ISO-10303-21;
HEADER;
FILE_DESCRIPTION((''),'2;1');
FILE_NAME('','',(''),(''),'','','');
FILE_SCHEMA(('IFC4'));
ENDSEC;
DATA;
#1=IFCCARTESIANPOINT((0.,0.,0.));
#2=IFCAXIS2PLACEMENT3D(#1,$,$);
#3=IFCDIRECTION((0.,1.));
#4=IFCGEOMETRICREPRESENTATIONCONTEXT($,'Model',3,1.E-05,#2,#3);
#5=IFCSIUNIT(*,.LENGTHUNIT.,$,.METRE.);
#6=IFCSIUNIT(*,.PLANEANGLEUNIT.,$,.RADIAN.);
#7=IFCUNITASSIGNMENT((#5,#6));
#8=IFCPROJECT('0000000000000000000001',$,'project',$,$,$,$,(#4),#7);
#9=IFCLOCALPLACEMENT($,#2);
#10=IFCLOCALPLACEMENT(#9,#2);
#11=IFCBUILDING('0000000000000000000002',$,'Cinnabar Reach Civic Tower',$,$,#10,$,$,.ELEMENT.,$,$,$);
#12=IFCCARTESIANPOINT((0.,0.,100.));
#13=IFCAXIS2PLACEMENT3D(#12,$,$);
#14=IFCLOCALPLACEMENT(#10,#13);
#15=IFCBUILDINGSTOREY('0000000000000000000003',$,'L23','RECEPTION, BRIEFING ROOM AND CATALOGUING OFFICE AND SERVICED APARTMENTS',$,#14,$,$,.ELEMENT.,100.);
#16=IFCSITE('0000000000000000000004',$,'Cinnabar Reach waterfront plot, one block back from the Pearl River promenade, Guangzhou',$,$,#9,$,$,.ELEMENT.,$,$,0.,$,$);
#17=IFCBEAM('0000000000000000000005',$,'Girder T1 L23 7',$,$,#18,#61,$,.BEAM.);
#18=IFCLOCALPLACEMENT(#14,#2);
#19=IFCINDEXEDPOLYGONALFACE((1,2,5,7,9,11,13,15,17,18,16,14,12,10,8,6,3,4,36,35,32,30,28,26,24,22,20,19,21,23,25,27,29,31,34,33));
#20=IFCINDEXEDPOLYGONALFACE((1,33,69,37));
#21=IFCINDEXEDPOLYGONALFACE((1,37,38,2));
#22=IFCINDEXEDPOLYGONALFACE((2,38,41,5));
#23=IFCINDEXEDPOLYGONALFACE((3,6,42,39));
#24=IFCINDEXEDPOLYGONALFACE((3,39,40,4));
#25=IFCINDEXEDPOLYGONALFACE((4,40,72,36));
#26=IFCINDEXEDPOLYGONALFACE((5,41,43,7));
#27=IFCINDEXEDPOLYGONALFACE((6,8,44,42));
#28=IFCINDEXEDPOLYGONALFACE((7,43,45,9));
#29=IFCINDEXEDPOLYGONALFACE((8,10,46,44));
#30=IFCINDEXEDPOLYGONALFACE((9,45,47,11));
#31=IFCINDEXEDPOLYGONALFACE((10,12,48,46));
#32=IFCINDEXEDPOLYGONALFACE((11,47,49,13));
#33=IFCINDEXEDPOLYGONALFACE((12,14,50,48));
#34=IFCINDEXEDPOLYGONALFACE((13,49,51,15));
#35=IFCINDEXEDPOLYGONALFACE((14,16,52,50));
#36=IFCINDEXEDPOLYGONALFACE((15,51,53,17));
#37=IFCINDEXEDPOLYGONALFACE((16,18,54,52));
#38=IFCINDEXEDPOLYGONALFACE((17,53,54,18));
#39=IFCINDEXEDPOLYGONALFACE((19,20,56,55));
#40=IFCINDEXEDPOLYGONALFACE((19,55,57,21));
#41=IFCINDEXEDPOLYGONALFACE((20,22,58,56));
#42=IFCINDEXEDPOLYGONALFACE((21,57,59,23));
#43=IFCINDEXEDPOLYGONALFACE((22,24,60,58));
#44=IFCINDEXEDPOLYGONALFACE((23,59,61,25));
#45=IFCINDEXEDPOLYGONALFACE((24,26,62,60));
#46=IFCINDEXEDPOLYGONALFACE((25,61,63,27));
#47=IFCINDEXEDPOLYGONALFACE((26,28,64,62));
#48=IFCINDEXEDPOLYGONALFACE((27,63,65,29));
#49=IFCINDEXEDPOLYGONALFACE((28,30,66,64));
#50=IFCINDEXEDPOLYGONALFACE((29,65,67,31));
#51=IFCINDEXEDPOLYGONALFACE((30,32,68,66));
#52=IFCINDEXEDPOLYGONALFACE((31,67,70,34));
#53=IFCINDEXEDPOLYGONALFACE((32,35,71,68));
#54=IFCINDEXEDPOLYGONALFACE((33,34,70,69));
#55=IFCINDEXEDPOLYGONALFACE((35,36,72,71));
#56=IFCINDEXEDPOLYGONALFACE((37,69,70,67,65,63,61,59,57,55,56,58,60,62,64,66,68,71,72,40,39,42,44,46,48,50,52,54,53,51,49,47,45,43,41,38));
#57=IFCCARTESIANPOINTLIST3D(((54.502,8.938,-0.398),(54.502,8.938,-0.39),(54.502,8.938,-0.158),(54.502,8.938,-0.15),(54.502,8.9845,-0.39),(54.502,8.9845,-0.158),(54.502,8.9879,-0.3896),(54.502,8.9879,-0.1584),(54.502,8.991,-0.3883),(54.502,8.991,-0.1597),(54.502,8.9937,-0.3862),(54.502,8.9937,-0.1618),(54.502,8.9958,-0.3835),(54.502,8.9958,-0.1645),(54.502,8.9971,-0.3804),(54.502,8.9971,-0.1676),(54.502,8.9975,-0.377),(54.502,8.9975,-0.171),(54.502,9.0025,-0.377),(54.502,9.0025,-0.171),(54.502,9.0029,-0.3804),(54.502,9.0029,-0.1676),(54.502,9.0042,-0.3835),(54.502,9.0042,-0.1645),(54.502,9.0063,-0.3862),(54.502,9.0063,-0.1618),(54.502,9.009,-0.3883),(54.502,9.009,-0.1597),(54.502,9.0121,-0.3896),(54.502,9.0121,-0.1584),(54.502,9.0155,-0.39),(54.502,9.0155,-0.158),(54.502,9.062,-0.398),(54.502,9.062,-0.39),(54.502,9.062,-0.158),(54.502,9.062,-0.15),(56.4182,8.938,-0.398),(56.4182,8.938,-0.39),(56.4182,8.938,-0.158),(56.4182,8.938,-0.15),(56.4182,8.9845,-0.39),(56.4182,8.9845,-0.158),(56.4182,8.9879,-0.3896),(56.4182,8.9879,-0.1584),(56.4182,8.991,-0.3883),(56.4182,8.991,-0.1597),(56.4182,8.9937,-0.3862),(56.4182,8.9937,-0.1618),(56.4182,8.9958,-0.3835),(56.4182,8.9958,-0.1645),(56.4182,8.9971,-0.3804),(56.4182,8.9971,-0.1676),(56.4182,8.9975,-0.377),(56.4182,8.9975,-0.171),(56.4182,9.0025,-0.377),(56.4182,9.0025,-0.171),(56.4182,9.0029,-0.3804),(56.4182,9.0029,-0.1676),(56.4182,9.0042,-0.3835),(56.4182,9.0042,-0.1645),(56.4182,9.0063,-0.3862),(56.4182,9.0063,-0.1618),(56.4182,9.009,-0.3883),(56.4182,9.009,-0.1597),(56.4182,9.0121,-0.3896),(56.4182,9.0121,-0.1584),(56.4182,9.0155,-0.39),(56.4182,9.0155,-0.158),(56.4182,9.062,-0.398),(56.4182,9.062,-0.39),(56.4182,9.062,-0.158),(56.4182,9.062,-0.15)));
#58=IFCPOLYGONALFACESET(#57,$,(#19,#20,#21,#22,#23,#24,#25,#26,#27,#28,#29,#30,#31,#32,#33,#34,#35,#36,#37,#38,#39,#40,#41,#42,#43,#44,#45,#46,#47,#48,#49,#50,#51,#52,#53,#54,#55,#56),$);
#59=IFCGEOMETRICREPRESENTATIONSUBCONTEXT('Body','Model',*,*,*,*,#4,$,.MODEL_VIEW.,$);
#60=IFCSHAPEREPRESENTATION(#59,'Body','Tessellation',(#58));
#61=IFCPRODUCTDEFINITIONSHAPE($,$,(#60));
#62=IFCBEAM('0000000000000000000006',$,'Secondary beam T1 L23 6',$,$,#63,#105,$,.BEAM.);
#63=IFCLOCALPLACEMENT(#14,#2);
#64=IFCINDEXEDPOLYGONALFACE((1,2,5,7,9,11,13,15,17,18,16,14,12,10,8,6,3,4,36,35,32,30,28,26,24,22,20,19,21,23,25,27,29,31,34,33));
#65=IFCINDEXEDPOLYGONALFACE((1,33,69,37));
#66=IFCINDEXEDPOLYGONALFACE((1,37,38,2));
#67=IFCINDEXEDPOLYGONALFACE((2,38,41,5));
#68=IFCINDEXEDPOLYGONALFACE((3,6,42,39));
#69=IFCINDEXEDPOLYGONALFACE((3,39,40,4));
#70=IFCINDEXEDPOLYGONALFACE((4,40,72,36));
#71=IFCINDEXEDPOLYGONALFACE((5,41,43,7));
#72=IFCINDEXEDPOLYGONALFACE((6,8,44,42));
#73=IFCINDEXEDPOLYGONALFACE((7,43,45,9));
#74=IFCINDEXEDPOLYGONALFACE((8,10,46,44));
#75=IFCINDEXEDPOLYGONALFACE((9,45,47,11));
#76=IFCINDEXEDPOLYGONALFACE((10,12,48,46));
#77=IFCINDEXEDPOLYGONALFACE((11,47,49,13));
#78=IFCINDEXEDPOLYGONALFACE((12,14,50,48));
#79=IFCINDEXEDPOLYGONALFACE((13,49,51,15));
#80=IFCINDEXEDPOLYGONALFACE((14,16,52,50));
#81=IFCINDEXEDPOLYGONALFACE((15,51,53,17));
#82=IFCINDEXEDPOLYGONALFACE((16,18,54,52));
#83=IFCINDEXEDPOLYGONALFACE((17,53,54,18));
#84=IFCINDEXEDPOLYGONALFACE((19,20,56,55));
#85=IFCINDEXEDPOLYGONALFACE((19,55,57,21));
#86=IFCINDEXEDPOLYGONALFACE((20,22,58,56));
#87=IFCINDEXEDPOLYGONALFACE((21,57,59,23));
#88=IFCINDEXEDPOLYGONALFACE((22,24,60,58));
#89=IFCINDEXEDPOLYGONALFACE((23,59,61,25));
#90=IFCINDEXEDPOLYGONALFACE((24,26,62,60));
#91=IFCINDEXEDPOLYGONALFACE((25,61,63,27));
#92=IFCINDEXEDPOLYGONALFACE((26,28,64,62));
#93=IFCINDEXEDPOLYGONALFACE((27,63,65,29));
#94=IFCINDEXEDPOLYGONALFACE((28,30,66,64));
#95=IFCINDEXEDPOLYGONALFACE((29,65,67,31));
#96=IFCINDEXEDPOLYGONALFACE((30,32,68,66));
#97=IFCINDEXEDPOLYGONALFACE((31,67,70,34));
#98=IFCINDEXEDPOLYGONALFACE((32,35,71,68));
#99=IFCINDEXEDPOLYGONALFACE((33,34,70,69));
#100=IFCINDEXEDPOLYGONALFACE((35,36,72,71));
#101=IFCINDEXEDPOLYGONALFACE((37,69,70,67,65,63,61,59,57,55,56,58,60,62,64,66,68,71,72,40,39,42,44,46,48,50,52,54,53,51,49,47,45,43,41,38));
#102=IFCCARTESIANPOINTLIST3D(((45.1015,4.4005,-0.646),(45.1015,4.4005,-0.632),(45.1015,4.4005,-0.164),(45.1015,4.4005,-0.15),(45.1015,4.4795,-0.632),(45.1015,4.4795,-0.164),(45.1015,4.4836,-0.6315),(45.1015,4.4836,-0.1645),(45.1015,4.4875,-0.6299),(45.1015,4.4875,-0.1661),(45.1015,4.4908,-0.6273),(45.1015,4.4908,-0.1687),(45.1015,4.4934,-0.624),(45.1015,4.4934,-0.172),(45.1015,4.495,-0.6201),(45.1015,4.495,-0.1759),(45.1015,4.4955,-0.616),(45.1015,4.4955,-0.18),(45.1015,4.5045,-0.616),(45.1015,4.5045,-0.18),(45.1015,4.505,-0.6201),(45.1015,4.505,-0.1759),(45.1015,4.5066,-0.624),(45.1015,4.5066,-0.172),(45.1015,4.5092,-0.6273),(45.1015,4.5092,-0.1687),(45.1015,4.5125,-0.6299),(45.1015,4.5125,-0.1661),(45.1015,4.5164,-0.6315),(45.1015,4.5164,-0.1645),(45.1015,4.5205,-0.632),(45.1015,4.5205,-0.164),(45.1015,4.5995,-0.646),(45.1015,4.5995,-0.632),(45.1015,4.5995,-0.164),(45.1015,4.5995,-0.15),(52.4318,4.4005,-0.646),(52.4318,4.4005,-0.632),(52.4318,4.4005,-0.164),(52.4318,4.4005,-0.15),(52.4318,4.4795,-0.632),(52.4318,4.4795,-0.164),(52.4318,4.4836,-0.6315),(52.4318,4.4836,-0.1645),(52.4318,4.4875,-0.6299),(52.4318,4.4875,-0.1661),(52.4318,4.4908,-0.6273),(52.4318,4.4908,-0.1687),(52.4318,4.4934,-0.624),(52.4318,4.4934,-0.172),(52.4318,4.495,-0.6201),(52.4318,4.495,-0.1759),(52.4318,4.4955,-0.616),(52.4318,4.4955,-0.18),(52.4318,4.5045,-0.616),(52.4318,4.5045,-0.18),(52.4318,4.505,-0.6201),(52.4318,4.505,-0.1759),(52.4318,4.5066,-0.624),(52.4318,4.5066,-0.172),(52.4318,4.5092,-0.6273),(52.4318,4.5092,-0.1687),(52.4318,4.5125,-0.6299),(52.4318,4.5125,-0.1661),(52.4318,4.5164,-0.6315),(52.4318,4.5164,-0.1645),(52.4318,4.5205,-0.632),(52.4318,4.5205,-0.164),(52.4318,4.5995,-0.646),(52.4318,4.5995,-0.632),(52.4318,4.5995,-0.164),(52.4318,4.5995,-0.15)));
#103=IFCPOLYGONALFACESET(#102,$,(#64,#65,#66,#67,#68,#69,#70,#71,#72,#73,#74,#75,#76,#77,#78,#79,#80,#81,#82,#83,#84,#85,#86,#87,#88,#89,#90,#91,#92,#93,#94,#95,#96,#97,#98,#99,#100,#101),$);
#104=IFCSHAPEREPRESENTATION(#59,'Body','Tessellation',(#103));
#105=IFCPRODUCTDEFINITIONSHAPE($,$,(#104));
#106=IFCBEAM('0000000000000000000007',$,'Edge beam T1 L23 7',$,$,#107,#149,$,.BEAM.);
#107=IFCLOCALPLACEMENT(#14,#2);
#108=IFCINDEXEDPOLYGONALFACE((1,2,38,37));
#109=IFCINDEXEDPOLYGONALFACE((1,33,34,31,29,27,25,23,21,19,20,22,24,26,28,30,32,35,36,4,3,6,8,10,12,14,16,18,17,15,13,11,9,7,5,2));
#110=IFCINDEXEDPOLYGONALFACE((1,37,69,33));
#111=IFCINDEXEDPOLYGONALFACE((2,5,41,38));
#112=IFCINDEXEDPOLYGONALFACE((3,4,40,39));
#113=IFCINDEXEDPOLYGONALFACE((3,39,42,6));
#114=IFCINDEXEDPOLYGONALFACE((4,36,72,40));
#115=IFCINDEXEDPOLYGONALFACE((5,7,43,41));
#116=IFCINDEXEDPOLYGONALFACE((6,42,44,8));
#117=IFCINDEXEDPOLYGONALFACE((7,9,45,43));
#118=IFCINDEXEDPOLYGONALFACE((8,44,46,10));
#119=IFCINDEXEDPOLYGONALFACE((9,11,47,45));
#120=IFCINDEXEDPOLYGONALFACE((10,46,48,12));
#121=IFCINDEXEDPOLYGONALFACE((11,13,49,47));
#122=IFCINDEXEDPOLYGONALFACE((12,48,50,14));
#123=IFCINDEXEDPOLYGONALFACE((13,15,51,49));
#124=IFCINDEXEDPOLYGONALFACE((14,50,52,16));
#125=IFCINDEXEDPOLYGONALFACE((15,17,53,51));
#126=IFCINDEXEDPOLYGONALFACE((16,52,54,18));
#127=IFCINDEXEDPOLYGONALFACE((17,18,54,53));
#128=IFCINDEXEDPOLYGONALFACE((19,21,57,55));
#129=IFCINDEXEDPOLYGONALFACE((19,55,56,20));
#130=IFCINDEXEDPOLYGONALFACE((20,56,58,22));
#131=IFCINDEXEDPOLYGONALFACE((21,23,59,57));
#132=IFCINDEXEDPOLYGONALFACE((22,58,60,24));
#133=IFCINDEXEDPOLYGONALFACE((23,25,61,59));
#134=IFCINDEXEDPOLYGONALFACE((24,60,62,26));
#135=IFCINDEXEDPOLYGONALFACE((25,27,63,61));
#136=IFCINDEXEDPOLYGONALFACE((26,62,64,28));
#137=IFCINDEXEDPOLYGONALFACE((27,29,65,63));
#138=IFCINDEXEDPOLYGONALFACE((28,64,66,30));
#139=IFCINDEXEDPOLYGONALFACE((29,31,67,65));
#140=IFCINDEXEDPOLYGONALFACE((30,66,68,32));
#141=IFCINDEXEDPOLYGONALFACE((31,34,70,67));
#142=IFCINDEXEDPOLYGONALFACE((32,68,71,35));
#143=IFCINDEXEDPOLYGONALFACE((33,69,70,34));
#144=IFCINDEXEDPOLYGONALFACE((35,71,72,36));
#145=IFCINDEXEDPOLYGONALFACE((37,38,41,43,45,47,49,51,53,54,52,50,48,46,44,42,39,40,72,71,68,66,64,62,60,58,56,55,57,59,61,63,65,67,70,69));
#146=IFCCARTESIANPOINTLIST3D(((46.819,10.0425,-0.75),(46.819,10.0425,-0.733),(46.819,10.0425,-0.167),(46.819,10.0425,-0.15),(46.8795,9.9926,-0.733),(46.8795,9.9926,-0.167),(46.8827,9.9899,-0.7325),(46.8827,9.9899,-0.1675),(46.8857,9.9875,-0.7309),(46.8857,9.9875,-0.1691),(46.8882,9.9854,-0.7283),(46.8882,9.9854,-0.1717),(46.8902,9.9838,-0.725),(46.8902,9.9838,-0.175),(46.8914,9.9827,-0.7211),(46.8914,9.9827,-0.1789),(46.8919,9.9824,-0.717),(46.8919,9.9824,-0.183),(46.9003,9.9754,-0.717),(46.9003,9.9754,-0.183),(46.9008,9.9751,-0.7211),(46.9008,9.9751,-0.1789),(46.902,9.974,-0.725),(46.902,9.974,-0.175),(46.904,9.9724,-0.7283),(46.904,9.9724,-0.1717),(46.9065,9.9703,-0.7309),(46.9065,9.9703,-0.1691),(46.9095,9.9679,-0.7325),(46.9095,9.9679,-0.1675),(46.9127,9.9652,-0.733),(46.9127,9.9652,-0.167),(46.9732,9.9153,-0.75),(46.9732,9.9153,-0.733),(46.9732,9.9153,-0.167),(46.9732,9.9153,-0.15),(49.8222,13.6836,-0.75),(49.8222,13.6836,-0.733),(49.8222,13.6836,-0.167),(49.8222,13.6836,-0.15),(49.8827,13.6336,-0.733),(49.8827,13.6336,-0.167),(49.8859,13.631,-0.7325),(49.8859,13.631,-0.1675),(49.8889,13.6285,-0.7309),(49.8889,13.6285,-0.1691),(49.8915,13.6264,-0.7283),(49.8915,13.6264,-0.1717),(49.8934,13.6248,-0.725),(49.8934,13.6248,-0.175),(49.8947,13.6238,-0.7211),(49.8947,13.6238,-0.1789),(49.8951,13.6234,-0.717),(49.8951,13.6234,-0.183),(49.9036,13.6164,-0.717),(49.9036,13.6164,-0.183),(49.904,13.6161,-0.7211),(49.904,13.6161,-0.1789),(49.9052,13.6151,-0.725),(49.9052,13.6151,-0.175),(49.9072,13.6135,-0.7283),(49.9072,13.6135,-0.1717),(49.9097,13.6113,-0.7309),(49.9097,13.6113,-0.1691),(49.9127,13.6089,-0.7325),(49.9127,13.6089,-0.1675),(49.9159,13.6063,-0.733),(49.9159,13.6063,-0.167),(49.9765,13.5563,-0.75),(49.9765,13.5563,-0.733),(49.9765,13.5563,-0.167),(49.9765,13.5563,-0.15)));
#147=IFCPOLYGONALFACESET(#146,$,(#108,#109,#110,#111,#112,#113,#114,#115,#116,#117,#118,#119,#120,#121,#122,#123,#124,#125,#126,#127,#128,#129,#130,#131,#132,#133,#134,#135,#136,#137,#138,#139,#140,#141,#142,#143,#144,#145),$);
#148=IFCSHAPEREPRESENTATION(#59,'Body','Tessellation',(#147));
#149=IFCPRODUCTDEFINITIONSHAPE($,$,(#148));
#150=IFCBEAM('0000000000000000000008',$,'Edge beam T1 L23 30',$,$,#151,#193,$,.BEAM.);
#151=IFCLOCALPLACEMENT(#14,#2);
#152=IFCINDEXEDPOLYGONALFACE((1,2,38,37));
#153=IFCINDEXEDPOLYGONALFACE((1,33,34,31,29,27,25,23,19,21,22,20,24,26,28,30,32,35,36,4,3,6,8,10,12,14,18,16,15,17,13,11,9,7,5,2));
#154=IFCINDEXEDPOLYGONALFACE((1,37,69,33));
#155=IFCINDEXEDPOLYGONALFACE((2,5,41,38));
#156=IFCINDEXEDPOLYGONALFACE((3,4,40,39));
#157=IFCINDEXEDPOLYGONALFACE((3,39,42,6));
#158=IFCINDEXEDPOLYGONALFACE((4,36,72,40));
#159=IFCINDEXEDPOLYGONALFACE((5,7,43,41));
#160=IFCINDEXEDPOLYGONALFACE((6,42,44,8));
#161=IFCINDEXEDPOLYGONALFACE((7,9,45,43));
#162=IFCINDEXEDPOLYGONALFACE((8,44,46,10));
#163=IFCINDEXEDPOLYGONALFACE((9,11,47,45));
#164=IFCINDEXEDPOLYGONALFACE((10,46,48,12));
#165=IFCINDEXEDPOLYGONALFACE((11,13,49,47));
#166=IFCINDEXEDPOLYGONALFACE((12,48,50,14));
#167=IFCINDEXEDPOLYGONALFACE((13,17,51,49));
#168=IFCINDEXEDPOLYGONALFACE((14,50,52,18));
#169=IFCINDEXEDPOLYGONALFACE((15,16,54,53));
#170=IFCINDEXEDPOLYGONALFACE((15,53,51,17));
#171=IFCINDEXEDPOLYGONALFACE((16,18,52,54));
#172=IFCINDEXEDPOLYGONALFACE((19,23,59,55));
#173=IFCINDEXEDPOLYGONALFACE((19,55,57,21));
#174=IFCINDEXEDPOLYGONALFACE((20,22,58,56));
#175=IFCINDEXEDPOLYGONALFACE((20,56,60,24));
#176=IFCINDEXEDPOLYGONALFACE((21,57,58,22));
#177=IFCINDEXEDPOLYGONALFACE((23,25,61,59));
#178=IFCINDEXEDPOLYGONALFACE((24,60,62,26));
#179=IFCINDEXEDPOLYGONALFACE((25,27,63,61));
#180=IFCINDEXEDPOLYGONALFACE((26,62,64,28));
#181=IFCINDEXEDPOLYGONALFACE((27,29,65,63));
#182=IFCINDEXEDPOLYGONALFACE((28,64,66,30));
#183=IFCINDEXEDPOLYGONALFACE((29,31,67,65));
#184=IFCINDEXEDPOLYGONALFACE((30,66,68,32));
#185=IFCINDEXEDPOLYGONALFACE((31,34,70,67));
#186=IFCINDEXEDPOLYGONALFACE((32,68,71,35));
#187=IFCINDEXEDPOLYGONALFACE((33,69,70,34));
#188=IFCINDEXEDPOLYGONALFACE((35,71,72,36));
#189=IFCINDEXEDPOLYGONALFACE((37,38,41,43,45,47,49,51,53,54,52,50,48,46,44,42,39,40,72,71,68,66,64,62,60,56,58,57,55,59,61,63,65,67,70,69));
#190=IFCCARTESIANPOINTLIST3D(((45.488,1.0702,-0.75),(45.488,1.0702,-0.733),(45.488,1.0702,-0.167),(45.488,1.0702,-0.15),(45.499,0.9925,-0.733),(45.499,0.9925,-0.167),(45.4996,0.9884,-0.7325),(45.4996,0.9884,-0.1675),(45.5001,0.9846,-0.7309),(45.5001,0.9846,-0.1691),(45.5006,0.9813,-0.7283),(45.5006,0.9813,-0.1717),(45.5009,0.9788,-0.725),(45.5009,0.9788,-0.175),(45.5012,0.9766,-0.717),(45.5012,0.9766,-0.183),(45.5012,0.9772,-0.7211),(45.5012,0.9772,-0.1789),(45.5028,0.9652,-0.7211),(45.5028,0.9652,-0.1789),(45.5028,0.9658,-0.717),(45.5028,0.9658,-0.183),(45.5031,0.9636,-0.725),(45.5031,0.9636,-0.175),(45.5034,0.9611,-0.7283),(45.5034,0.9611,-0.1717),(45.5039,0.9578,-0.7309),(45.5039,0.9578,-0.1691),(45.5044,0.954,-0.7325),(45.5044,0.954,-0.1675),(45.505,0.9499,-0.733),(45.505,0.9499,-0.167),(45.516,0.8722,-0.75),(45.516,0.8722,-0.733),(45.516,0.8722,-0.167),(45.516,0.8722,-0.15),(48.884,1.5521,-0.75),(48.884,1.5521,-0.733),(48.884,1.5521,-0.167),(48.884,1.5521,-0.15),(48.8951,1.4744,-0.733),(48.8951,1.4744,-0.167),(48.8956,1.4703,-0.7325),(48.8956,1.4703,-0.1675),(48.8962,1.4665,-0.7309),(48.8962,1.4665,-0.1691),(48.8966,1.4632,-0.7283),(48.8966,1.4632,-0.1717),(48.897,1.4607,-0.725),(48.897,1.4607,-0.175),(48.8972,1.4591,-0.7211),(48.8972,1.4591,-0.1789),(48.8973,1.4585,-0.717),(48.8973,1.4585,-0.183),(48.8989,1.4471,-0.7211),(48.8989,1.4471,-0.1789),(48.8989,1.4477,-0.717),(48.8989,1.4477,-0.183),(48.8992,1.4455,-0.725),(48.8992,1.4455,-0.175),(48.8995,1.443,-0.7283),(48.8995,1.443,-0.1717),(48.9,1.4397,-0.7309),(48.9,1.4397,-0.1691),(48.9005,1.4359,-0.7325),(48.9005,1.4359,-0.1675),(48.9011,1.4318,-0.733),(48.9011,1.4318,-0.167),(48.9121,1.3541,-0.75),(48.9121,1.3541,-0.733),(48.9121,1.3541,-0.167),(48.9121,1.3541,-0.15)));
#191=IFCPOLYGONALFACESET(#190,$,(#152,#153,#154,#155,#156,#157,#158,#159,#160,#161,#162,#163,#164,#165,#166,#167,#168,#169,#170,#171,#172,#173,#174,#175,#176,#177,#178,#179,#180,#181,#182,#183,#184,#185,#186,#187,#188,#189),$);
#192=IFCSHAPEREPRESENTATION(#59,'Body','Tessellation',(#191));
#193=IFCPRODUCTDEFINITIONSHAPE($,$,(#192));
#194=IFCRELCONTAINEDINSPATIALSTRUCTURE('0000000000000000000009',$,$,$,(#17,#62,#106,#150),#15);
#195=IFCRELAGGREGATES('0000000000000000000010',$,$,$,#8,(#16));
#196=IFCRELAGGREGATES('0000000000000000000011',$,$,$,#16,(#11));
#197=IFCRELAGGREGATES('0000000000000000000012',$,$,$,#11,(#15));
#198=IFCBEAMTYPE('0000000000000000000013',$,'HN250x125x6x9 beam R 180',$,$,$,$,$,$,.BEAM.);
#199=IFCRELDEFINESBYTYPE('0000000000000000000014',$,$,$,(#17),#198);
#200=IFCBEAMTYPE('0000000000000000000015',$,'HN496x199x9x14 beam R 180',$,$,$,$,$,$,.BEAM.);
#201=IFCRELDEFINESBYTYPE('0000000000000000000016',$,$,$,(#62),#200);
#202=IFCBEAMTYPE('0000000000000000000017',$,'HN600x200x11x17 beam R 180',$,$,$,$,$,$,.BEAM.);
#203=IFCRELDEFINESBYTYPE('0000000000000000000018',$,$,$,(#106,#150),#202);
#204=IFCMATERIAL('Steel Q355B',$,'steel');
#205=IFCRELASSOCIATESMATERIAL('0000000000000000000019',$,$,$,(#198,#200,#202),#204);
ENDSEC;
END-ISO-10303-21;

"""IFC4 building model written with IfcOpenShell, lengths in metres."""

from ifc_helpers import new_model, si_unit, direction, frame, origin, origin_2d, place, context, subcontext, project, spatial, i_section, extrude, material, material_profile, profile_set, type_object, element, save


model = new_model("IFC4")

# Units and contexts
model_context = context("Model", 3, precision=1e-05, world=origin(), true_north=direction((0.0, 1.0)))
body_context = subcontext(model_context, "Body", "Model", "MODEL_VIEW")
ifc_project = project(units=[si_unit("LENGTHUNIT", "METRE"), si_unit("PLANEANGLEUNIT", "RADIAN")], contexts=[model_context])

# Site, building, storey
site_placement = place(None, origin())
site = spatial("IfcSite", under=ifc_project, at=site_placement, Name="Cinnabar Reach waterfront plot, one block back from the Pearl River promenade, Guangzhou", CompositionType="ELEMENT", RefElevation=0.0)
building_placement = place(site_placement, origin())
building = spatial("IfcBuilding", under=site, at=building_placement, Name="Cinnabar Reach Civic Tower", CompositionType="ELEMENT")
storey_placement = place(building_placement, frame((0.0, 0.0, 100.0)))
storey = spatial("IfcBuildingStorey", under=building, at=storey_placement, Name="L23", Description="RECEPTION, BRIEFING ROOM AND CATALOGUING OFFICE AND SERVICED APARTMENTS", CompositionType="ELEMENT", Elevation=100.0)

# Beams
ifc_material_1 = material(Name="Steel Q355B", Category="steel")
ifc_material_profile_1 = material_profile(ifc_material_1, i_section(OverallWidth=0.124, OverallDepth=0.248, WebThickness=0.005, FlangeThickness=0.008, FilletRadius=0.013, at=origin_2d()), Name="HN250x125x6x9")
ifc_profile_set_1 = profile_set([ifc_material_profile_1], Name="Steel Q355B")
beam_type_1 = type_object("IfcBeamType", Name="HN250x125x6x9 beam R 180", PredefinedType="BEAM", material=ifc_profile_set_1)
beam_1_placement = place(storey_placement, frame((54.502, 9.0, -0.274), z_axis=(1.0, 0.0, 0.0), x_axis=(0.0, 1.0, 0.0)))
element("IfcBeam", 1, at=beam_1_placement, inside=storey, type_object=beam_type_1, Name="Girder T1 L23 7", PredefinedType="BEAM", context=body_context, shape_type="SweptSolid", body=[
    extrude(i_section(OverallWidth=0.124, OverallDepth=0.248, WebThickness=0.005, FlangeThickness=0.008, FilletRadius=0.013, at=origin_2d()), origin(), (0.0, 0.0, 1.0), 1.9162),
])
ifc_material_profile_2 = material_profile(ifc_material_1, i_section(OverallWidth=0.199, OverallDepth=0.496, WebThickness=0.009, FlangeThickness=0.014, FilletRadius=0.016, at=origin_2d()), Name="HN496x199x9x14")
ifc_profile_set_2 = profile_set([ifc_material_profile_2], Name="Steel Q355B")
beam_type_2 = type_object("IfcBeamType", Name="HN496x199x9x14 beam R 180", PredefinedType="BEAM", material=ifc_profile_set_2)
beam_2_placement = place(storey_placement, frame((45.1015, 4.5, -0.398), z_axis=(1.0, 0.0, 0.0), x_axis=(0.0, 1.0, 0.0)))
element("IfcBeam", 2, at=beam_2_placement, inside=storey, type_object=beam_type_2, Name="Secondary beam T1 L23 6", PredefinedType="BEAM", context=body_context, shape_type="SweptSolid", body=[
    extrude(i_section(OverallWidth=0.199, OverallDepth=0.496, WebThickness=0.009, FlangeThickness=0.014, FilletRadius=0.016, at=origin_2d()), origin(), (0.0, 0.0, 1.0), 7.3303),
])
ifc_material_profile_3 = material_profile(ifc_material_1, i_section(OverallWidth=0.2, OverallDepth=0.6, WebThickness=0.011, FlangeThickness=0.017, FilletRadius=0.016, at=origin_2d()), Name="HN600x200x11x17")
ifc_profile_set_3 = profile_set([ifc_material_profile_3], Name="Steel Q355B")
beam_type_3 = type_object("IfcBeamType", Name="HN600x200x11x17 beam R 180", PredefinedType="BEAM", material=ifc_profile_set_3)
beam_3_placement = place(storey_placement, frame((46.8961, 9.9789, -0.45), z_axis=(0.636304, 0.771438, 0.0), x_axis=(-0.771438, 0.636304, 0.0)))
element("IfcBeam", 3, at=beam_3_placement, inside=storey, type_object=beam_type_3, Name="Edge beam T1 L23 7", PredefinedType="BEAM", context=body_context, shape_type="SweptSolid", body=[
    extrude(i_section(OverallWidth=0.2, OverallDepth=0.6, WebThickness=0.011, FlangeThickness=0.017, FilletRadius=0.016, at=origin_2d()), origin(), (0.0, 0.0, 1.0), 4.7198),
])
beam_4_placement = place(storey_placement, frame((45.502, 0.9712, -0.45), z_axis=(0.990082, 0.140491, 0.0), x_axis=(-0.140491, 0.990082, 0.0)))
element("IfcBeam", 4, at=beam_4_placement, inside=storey, type_object=beam_type_3, Name="Edge beam T1 L23 30", PredefinedType="BEAM", context=body_context, shape_type="SweptSolid", body=[
    extrude(i_section(OverallWidth=0.2, OverallDepth=0.6, WebThickness=0.011, FlangeThickness=0.017, FilletRadius=0.016, at=origin_2d()), origin(), (0.0, 0.0, 1.0), 3.4301),
])

save(model, "model.ifc")
